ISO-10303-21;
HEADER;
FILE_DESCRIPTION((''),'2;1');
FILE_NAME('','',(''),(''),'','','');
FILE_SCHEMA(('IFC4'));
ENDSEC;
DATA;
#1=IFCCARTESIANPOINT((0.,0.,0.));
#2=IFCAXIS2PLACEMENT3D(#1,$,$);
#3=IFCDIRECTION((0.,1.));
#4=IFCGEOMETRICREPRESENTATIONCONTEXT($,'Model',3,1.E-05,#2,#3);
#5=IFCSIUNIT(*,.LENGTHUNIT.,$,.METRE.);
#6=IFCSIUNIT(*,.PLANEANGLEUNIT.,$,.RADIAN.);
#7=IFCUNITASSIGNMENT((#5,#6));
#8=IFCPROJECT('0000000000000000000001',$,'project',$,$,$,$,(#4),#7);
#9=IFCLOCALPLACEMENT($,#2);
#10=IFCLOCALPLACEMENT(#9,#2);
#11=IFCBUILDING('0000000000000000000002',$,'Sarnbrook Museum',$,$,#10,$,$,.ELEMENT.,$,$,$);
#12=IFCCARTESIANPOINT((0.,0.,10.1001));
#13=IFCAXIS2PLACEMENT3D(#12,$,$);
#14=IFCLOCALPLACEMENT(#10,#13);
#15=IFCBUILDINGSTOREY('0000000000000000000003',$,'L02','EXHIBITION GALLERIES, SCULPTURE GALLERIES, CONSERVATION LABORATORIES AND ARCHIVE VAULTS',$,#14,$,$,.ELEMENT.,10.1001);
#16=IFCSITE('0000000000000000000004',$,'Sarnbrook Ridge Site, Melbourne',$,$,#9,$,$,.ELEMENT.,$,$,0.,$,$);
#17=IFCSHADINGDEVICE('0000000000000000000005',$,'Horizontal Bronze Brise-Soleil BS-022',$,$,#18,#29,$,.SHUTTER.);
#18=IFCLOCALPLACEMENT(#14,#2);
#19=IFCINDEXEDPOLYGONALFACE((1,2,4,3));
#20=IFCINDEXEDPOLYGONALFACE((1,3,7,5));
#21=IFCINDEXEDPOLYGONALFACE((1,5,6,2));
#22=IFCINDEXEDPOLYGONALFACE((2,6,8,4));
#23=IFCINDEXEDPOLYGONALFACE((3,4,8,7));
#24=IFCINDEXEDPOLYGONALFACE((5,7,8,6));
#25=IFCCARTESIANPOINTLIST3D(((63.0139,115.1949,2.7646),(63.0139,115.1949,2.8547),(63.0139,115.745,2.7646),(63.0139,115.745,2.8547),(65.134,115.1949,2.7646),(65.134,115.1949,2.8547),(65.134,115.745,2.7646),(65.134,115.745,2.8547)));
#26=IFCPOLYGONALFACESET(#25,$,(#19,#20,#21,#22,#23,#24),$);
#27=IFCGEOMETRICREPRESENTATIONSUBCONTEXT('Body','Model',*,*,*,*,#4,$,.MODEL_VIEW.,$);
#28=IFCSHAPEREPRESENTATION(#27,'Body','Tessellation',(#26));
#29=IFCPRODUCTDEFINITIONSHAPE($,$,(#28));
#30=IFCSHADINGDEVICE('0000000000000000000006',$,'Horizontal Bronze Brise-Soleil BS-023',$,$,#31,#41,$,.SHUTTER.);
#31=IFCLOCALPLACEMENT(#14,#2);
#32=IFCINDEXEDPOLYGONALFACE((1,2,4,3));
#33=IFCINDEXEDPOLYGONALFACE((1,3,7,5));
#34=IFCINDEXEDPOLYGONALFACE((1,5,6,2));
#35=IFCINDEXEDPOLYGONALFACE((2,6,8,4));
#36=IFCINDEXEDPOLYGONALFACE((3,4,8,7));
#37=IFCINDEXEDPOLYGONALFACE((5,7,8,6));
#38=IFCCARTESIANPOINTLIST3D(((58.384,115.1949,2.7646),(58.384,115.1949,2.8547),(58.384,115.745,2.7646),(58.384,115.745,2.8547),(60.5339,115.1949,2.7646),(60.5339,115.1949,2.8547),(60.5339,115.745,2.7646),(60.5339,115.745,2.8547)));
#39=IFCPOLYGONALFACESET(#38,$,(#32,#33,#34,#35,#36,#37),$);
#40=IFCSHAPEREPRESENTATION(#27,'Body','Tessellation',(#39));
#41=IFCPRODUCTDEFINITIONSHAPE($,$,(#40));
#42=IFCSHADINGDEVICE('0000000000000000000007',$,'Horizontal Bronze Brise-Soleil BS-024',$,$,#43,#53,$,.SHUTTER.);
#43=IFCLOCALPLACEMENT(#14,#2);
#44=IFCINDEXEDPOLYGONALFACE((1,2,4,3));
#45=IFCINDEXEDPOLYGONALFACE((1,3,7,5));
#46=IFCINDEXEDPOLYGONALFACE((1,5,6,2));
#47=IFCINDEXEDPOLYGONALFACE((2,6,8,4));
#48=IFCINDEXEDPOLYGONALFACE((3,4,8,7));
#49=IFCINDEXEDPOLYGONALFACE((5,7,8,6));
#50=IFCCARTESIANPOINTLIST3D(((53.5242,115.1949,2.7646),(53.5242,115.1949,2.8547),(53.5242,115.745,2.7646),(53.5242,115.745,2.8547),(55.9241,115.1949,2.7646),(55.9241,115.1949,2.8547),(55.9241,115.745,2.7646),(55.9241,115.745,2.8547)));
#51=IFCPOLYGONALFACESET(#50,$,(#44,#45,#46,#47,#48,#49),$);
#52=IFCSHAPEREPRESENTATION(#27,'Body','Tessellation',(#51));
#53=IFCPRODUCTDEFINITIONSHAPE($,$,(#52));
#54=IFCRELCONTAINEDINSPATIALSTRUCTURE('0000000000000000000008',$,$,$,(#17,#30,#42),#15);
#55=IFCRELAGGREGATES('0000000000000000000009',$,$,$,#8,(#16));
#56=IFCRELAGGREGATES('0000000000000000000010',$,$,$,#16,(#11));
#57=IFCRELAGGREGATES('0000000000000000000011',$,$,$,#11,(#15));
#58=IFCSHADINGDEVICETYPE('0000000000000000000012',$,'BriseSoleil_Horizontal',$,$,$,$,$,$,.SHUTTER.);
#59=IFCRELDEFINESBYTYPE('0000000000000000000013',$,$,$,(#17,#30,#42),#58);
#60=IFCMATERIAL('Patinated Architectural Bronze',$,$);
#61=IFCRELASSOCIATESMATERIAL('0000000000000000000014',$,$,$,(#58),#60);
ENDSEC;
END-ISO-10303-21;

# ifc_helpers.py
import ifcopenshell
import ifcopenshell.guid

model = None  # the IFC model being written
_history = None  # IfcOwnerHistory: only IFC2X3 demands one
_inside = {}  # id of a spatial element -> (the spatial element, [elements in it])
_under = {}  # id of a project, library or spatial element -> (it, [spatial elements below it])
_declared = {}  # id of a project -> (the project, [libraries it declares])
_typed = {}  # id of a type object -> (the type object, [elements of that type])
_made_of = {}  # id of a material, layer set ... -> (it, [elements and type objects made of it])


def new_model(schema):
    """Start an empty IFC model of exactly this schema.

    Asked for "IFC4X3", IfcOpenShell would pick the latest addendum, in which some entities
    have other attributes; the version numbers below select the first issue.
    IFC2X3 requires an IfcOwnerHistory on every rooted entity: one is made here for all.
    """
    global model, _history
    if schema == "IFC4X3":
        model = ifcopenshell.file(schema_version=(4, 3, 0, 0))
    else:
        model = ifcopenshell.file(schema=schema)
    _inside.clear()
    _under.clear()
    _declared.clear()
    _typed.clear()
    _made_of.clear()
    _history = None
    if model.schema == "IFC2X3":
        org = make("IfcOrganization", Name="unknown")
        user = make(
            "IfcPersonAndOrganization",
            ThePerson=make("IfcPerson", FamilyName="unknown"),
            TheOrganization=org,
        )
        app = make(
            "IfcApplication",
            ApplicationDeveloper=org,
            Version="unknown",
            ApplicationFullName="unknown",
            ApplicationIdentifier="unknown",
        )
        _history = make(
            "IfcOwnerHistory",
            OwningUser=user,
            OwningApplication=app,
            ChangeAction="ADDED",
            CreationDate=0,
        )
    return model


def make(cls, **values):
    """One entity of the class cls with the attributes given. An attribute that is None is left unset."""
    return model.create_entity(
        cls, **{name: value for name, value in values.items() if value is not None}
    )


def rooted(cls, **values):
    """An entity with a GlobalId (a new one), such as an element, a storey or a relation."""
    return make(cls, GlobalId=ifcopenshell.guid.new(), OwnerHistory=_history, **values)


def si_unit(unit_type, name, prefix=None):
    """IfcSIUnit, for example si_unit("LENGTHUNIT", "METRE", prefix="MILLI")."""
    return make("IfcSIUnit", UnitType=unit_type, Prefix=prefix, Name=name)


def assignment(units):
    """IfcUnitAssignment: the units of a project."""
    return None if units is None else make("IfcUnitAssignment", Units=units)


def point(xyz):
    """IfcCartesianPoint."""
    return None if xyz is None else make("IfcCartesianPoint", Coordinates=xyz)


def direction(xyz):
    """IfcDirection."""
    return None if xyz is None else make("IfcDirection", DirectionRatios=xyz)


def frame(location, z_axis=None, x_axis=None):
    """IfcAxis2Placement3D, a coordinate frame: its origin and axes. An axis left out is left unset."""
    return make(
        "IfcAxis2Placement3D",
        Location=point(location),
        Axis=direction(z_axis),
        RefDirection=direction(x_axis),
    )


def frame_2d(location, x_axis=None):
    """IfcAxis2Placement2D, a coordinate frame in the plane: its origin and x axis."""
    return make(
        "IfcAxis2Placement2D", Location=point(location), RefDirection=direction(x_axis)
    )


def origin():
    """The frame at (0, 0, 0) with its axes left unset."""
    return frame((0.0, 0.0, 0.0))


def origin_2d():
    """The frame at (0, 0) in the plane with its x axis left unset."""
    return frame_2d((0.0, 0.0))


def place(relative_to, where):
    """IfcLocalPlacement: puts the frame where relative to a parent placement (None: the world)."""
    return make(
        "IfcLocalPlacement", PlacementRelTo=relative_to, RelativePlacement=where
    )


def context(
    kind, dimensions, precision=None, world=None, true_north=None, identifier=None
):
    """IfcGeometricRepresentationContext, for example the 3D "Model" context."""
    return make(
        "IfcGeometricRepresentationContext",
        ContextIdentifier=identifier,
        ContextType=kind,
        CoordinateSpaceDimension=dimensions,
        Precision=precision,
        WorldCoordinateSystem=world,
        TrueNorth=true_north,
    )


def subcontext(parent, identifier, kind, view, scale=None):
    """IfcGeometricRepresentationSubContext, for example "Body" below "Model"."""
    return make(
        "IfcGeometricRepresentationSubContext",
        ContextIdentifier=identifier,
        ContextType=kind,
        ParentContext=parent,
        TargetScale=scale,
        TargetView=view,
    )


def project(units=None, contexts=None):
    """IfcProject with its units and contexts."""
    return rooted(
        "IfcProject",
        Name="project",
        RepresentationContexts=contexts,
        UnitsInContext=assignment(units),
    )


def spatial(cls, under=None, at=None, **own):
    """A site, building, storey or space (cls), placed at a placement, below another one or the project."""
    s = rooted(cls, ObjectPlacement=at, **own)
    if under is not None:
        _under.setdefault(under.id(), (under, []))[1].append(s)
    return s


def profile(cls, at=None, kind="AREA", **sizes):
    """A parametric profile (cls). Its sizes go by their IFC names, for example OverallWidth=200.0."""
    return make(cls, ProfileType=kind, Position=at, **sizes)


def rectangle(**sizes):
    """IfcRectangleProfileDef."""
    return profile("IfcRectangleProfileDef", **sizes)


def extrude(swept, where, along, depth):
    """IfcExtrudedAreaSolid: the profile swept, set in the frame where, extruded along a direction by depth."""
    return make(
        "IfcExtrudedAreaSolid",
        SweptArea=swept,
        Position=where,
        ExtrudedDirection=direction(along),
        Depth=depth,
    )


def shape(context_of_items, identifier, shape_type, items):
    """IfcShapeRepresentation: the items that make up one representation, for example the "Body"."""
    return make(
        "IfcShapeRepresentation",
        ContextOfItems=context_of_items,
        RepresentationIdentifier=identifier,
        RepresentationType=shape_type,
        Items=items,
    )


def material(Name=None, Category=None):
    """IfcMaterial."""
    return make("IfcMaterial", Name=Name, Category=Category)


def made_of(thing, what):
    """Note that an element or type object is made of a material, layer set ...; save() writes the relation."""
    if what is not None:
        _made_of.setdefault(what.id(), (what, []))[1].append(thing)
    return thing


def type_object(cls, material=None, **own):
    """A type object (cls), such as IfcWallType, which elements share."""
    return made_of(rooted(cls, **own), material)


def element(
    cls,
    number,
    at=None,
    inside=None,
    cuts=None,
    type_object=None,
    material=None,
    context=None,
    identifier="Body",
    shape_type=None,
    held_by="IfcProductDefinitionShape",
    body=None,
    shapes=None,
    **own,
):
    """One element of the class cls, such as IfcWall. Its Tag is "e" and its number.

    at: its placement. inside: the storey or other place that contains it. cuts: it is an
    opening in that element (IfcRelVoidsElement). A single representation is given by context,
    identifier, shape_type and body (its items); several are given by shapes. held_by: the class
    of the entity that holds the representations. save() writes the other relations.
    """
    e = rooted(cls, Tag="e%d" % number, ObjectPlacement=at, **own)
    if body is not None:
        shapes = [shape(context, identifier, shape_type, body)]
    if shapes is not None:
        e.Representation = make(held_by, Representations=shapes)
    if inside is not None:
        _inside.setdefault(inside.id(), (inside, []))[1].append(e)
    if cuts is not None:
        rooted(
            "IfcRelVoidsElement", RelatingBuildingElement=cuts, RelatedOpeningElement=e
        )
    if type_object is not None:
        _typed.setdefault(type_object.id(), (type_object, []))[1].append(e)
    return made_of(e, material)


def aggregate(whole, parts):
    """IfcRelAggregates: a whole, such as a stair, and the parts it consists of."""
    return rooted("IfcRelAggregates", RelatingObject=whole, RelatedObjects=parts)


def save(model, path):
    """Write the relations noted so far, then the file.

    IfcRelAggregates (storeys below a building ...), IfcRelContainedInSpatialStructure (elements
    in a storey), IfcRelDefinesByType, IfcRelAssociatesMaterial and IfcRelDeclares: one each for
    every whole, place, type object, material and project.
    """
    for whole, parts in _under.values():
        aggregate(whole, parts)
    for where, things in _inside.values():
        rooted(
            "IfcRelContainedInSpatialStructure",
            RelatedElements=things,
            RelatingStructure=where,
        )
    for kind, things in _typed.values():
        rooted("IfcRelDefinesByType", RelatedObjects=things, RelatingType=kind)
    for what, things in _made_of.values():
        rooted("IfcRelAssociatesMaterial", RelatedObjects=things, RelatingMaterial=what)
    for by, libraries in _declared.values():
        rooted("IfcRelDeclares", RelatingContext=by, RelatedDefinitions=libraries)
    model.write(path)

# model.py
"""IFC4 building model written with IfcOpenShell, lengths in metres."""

from ifc_helpers import new_model, si_unit, direction, frame, origin, origin_2d, place, context, subcontext, project, spatial, rectangle, extrude, material, type_object, element, save


model = new_model("IFC4")

# Units and contexts
model_context = context("Model", 3, precision=1e-05, world=origin(), true_north=direction((0.0, 1.0)))
body_context = subcontext(model_context, "Body", "Model", "MODEL_VIEW")
ifc_project = project(units=[si_unit("LENGTHUNIT", "METRE"), si_unit("PLANEANGLEUNIT", "RADIAN")], contexts=[model_context])

# Site, building, storey
site_placement = place(None, origin())
site = spatial("IfcSite", under=ifc_project, at=site_placement, Name="Sarnbrook Ridge Site, Melbourne", CompositionType="ELEMENT", RefElevation=0.0)
building_placement = place(site_placement, origin())
building = spatial("IfcBuilding", under=site, at=building_placement, Name="Sarnbrook Museum", CompositionType="ELEMENT")
storey_placement = place(building_placement, frame((0.0, 0.0, 10.1001)))
storey = spatial("IfcBuildingStorey", under=building, at=storey_placement, Name="L02", Description="EXHIBITION GALLERIES, SCULPTURE GALLERIES, CONSERVATION LABORATORIES AND ARCHIVE VAULTS", CompositionType="ELEMENT", Elevation=10.1001)

# Shared definitions
ifc_material_1 = material(Name="Patinated Architectural Bronze")

# Shading devices
shading_device_type = type_object("IfcShadingDeviceType", Name="BriseSoleil_Horizontal", PredefinedType="SHUTTER", material=ifc_material_1)
shading_device_1_placement = place(storey_placement, frame((64.074, 115.47, 2.7646), z_axis=(0.0, 0.0, 1.0), x_axis=(1.0, 0.0, 0.0)))
element("IfcShadingDevice", 1, at=shading_device_1_placement, inside=storey, type_object=shading_device_type, Name="Horizontal Bronze Brise-Soleil BS-022", PredefinedType="SHUTTER", context=body_context, shape_type="SweptSolid", body=[
    extrude(rectangle(XDim=2.1201, YDim=0.55, at=origin_2d()), origin(), (0.0, 0.0, 1.0), 0.0901),
])
shading_device_2_placement = place(storey_placement, frame((59.459, 115.47, 2.7646), z_axis=(0.0, 0.0, 1.0), x_axis=(1.0, 0.0, 0.0)))
element("IfcShadingDevice", 2, at=shading_device_2_placement, inside=storey, type_object=shading_device_type, Name="Horizontal Bronze Brise-Soleil BS-023", PredefinedType="SHUTTER", context=body_context, shape_type="SweptSolid", body=[
    extrude(rectangle(XDim=2.1499, YDim=0.55, at=origin_2d()), origin(), (0.0, 0.0, 1.0), 0.0901),
])
shading_device_3_placement = place(storey_placement, frame((54.7241, 115.47, 2.7646), z_axis=(0.0, 0.0, 1.0), x_axis=(1.0, 0.0, 0.0)))
element("IfcShadingDevice", 3, at=shading_device_3_placement, inside=storey, type_object=shading_device_type, Name="Horizontal Bronze Brise-Soleil BS-024", PredefinedType="SHUTTER", context=body_context, shape_type="SweptSolid", body=[
    extrude(rectangle(XDim=2.3999, YDim=0.55, at=origin_2d()), origin(), (0.0, 0.0, 1.0), 0.0901),
])

save(model, "model.ifc")
